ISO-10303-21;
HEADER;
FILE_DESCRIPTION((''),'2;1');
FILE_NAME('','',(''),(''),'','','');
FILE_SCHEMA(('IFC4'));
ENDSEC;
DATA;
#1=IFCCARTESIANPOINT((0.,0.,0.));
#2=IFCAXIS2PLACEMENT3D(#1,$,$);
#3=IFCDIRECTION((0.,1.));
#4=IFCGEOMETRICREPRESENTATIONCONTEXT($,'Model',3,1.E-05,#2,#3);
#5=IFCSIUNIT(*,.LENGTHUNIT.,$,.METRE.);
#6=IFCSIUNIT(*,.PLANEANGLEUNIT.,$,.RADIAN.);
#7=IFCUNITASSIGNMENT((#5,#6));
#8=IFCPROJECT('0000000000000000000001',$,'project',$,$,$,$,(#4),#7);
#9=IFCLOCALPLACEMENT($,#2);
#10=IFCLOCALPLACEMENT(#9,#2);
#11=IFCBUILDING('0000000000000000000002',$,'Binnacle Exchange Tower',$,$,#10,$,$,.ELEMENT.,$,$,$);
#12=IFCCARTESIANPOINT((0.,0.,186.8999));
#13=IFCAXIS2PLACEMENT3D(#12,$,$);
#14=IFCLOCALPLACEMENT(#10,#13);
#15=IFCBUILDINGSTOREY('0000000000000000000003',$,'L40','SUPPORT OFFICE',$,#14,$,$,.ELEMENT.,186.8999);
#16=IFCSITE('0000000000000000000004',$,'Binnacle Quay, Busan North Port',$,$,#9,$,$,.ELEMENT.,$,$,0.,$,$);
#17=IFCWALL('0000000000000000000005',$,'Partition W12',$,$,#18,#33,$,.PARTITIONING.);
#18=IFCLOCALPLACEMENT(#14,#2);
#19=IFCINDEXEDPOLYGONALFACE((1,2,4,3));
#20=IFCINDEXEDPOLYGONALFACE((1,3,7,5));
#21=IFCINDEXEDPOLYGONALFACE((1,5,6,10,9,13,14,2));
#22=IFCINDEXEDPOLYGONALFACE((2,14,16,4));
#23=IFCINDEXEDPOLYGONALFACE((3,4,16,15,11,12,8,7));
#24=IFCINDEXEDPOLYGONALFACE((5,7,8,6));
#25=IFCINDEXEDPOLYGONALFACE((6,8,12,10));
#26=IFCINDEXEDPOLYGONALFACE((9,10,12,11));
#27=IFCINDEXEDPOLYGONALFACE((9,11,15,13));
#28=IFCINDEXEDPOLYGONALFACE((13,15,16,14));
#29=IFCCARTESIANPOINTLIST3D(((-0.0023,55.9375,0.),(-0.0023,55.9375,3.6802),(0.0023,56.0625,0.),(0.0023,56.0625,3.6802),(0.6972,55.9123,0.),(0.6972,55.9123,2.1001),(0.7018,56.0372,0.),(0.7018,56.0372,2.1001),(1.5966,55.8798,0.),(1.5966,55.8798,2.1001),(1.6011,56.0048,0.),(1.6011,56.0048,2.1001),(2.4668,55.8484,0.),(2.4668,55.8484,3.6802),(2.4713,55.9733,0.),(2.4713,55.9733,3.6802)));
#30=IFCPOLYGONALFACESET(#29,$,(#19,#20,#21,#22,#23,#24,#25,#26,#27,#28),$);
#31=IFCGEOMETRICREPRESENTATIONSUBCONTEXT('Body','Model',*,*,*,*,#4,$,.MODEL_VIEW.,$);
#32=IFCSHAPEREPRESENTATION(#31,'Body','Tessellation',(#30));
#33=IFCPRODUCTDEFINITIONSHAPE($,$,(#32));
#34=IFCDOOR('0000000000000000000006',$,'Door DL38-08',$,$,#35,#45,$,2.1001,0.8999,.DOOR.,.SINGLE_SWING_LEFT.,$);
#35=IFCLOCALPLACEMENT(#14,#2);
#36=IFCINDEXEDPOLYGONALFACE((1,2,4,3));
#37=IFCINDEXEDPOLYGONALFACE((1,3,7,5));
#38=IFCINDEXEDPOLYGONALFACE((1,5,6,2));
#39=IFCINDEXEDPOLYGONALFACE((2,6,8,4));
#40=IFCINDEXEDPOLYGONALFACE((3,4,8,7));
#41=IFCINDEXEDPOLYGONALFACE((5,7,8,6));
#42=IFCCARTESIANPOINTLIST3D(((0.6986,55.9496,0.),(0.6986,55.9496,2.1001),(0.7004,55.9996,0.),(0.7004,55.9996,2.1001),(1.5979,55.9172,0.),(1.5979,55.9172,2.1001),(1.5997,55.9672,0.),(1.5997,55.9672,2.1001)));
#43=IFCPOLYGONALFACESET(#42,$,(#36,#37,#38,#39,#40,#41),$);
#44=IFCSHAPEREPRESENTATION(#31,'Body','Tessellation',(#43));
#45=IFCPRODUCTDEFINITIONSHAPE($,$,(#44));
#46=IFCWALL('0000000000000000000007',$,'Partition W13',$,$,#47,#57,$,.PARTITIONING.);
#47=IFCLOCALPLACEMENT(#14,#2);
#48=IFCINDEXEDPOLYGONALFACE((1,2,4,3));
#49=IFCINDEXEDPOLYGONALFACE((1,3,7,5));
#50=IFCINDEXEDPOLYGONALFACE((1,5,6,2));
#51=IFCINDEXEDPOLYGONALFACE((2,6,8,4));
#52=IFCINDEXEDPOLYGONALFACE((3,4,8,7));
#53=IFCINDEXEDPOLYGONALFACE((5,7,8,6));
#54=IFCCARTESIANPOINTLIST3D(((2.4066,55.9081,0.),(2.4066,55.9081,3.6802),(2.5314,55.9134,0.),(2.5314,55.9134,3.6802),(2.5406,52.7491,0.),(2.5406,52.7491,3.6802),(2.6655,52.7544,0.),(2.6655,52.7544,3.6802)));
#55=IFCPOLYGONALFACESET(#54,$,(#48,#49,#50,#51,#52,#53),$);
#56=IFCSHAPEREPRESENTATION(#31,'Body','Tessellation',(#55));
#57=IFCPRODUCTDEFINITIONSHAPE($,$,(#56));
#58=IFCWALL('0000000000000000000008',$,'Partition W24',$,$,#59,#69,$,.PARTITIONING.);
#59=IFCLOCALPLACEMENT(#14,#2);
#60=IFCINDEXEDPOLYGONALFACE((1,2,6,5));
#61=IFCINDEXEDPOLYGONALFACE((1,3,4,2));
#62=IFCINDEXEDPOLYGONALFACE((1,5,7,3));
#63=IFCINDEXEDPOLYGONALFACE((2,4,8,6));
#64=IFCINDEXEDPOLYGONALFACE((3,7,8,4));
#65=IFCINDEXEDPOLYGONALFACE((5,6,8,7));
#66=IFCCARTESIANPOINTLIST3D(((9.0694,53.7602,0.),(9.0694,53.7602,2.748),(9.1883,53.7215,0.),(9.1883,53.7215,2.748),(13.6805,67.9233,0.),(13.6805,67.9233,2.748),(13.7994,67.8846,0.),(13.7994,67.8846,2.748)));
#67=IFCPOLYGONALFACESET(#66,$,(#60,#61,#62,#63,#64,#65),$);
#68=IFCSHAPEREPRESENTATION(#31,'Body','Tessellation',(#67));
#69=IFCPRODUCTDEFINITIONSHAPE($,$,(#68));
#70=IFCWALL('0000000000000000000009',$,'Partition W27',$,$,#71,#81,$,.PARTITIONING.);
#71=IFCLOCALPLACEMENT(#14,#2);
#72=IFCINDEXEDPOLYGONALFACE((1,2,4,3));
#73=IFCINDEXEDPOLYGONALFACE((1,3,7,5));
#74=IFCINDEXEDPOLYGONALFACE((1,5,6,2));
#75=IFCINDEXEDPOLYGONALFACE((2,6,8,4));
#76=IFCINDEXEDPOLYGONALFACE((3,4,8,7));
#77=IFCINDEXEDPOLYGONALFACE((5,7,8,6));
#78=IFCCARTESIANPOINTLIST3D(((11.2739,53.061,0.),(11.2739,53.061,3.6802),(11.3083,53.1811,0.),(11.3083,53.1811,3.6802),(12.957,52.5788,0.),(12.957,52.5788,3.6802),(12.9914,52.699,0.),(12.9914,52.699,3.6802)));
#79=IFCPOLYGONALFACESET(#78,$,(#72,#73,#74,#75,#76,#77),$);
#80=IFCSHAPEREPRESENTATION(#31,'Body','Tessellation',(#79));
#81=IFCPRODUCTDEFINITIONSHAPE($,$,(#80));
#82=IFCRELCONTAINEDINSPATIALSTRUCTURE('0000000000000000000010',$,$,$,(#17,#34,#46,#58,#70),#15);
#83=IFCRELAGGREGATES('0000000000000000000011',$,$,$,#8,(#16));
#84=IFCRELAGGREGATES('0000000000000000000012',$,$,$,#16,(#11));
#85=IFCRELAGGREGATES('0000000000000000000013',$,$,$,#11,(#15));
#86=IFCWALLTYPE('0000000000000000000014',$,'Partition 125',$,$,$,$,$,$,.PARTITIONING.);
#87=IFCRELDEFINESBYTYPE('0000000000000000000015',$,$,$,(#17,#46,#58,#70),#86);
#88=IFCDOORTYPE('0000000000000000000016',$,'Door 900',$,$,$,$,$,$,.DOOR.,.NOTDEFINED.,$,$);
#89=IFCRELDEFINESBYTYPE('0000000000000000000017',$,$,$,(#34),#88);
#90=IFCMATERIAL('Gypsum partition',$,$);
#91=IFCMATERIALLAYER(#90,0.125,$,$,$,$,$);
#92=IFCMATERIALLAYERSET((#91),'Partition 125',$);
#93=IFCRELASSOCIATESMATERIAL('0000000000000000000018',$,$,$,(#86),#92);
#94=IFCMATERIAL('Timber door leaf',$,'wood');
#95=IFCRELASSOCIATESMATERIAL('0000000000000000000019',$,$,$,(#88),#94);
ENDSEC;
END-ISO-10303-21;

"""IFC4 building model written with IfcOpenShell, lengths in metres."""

from ifc_helpers import new_model, si_unit, direction, frame, frame_2d, origin, place, context, subcontext, project, spatial, rectangle, extrude, material, layer, layer_set, type_object, element, fill, save


model = new_model("IFC4")

# Units and contexts
model_context = context("Model", 3, precision=1e-05, world=origin(), true_north=direction((0.0, 1.0)))
body_context = subcontext(model_context, "Body", "Model", "MODEL_VIEW")
ifc_project = project(units=[si_unit("LENGTHUNIT", "METRE"), si_unit("PLANEANGLEUNIT", "RADIAN")], contexts=[model_context])

# Site, building, storey
site_placement = place(None, origin())
site = spatial("IfcSite", under=ifc_project, at=site_placement, Name="Binnacle Quay, Busan North Port", CompositionType="ELEMENT", RefElevation=0.0)
building_placement = place(site_placement, origin())
building = spatial("IfcBuilding", under=site, at=building_placement, Name="Binnacle Exchange Tower", CompositionType="ELEMENT")
storey_placement = place(building_placement, frame((0.0, 0.0, 186.8999)))
storey = spatial("IfcBuildingStorey", under=building, at=storey_placement, Name="L40", Description="SUPPORT OFFICE", CompositionType="ELEMENT", Elevation=186.8999)

# Wall, opening, door
ifc_material_1 = material(Name="Gypsum partition")
ifc_layer_1 = layer(ifc_material_1, 0.125)
ifc_layer_set_1 = layer_set([ifc_layer_1], Name="Partition 125")
wall_type_1 = type_object("IfcWallType", Name="Partition 125", PredefinedType="PARTITIONING", material=ifc_layer_set_1)
wall_1_placement = place(storey_placement, frame((0.0, 56.0, 0.0), z_axis=(0.0, 0.0, 1.0), x_axis=(0.999349, -0.036069, 0.0)))
wall_1 = element("IfcWall", 1, at=wall_1_placement, inside=storey, type_object=wall_type_1, Name="Partition W12", PredefinedType="PARTITIONING", context=body_context, shape_type="SweptSolid", body=[
    extrude(rectangle(XDim=2.4707, YDim=0.125, at=frame_2d((1.2354, 0.0))), origin(), (0.0, 0.0, 1.0), 3.6802),
])
opening_1_placement = place(wall_1_placement, frame((0.7, 0.0, 0.0)))
opening_1 = element("IfcOpeningElement", 2, at=opening_1_placement, cuts=wall_1, PredefinedType="OPENING", context=body_context, shape_type="SweptSolid", body=[
    extrude(rectangle(XDim=0.8999, YDim=2.1001, at=frame_2d((0.45, 1.05))), frame((0.0, 0.0725, 0.0), z_axis=(0.0, -1.0, 0.0), x_axis=(1.0, 0.0, 0.0)), (0.0, 0.0, 1.0), 0.145),
])
ifc_material_2 = material(Name="Timber door leaf", Category="wood")
door_type = type_object("IfcDoorType", Name="Door 900", OperationType="NOTDEFINED", PredefinedType="DOOR", material=ifc_material_2)
door_placement = place(opening_1_placement, origin())
door = element("IfcDoor", 3, at=door_placement, inside=storey, type_object=door_type, Name="Door DL38-08", OperationType="SINGLE_SWING_LEFT", OverallHeight=2.1001, OverallWidth=0.8999, PredefinedType="DOOR", context=body_context, shape_type="SweptSolid", body=[
    extrude(rectangle(XDim=0.8999, YDim=2.1001, at=frame_2d((0.45, 1.05))), frame((0.0, 0.0249, 0.0), z_axis=(0.0, -1.0, 0.0), x_axis=(1.0, 0.0, 0.0)), (0.0, 0.0, 1.0), 0.05),
])
fill(opening_1, door)

# Walls
wall_2_placement = place(storey_placement, frame((2.469, 55.9109, 0.0), z_axis=(0.0, 0.0, 1.0), x_axis=(0.042392, -0.999101, 0.0)))
element("IfcWall", 4, at=wall_2_placement, inside=storey, type_object=wall_type_1, Name="Partition W13", PredefinedType="PARTITIONING", context=body_context, shape_type="SweptSolid", body=[
    extrude(rectangle(XDim=3.1619, YDim=0.125, at=frame_2d((1.5811, 0.0))), origin(), (0.0, 0.0, 1.0), 3.6802),
])
wall_3_placement = place(storey_placement, frame((9.1289, 53.741, 0.0), z_axis=(0.0, 0.0, 1.0), x_axis=(0.309577, 0.950874, 0.0)))
element("IfcWall", 5, at=wall_3_placement, inside=storey, type_object=wall_type_1, Name="Partition W24", PredefinedType="PARTITIONING", context=body_context, shape_type="SweptSolid", body=[
    extrude(rectangle(XDim=14.8948, YDim=0.125, at=frame_2d((7.4473, 0.0))), origin(), (0.0, 0.0, 1.0), 2.748),
])
wall_4_placement = place(storey_placement, frame((11.291, 53.1211, 0.0), z_axis=(0.0, 0.0, 1.0), x_axis=(0.961329, -0.275402, 0.0)))
element("IfcWall", 6, at=wall_4_placement, inside=storey, type_object=wall_type_1, Name="Partition W27", PredefinedType="PARTITIONING", context=body_context, shape_type="SweptSolid", body=[
    extrude(rectangle(XDim=1.7507, YDim=0.125, at=frame_2d((0.8755, 0.0))), origin(), (0.0, 0.0, 1.0), 3.6802),
])

save(model, "model.ifc")
